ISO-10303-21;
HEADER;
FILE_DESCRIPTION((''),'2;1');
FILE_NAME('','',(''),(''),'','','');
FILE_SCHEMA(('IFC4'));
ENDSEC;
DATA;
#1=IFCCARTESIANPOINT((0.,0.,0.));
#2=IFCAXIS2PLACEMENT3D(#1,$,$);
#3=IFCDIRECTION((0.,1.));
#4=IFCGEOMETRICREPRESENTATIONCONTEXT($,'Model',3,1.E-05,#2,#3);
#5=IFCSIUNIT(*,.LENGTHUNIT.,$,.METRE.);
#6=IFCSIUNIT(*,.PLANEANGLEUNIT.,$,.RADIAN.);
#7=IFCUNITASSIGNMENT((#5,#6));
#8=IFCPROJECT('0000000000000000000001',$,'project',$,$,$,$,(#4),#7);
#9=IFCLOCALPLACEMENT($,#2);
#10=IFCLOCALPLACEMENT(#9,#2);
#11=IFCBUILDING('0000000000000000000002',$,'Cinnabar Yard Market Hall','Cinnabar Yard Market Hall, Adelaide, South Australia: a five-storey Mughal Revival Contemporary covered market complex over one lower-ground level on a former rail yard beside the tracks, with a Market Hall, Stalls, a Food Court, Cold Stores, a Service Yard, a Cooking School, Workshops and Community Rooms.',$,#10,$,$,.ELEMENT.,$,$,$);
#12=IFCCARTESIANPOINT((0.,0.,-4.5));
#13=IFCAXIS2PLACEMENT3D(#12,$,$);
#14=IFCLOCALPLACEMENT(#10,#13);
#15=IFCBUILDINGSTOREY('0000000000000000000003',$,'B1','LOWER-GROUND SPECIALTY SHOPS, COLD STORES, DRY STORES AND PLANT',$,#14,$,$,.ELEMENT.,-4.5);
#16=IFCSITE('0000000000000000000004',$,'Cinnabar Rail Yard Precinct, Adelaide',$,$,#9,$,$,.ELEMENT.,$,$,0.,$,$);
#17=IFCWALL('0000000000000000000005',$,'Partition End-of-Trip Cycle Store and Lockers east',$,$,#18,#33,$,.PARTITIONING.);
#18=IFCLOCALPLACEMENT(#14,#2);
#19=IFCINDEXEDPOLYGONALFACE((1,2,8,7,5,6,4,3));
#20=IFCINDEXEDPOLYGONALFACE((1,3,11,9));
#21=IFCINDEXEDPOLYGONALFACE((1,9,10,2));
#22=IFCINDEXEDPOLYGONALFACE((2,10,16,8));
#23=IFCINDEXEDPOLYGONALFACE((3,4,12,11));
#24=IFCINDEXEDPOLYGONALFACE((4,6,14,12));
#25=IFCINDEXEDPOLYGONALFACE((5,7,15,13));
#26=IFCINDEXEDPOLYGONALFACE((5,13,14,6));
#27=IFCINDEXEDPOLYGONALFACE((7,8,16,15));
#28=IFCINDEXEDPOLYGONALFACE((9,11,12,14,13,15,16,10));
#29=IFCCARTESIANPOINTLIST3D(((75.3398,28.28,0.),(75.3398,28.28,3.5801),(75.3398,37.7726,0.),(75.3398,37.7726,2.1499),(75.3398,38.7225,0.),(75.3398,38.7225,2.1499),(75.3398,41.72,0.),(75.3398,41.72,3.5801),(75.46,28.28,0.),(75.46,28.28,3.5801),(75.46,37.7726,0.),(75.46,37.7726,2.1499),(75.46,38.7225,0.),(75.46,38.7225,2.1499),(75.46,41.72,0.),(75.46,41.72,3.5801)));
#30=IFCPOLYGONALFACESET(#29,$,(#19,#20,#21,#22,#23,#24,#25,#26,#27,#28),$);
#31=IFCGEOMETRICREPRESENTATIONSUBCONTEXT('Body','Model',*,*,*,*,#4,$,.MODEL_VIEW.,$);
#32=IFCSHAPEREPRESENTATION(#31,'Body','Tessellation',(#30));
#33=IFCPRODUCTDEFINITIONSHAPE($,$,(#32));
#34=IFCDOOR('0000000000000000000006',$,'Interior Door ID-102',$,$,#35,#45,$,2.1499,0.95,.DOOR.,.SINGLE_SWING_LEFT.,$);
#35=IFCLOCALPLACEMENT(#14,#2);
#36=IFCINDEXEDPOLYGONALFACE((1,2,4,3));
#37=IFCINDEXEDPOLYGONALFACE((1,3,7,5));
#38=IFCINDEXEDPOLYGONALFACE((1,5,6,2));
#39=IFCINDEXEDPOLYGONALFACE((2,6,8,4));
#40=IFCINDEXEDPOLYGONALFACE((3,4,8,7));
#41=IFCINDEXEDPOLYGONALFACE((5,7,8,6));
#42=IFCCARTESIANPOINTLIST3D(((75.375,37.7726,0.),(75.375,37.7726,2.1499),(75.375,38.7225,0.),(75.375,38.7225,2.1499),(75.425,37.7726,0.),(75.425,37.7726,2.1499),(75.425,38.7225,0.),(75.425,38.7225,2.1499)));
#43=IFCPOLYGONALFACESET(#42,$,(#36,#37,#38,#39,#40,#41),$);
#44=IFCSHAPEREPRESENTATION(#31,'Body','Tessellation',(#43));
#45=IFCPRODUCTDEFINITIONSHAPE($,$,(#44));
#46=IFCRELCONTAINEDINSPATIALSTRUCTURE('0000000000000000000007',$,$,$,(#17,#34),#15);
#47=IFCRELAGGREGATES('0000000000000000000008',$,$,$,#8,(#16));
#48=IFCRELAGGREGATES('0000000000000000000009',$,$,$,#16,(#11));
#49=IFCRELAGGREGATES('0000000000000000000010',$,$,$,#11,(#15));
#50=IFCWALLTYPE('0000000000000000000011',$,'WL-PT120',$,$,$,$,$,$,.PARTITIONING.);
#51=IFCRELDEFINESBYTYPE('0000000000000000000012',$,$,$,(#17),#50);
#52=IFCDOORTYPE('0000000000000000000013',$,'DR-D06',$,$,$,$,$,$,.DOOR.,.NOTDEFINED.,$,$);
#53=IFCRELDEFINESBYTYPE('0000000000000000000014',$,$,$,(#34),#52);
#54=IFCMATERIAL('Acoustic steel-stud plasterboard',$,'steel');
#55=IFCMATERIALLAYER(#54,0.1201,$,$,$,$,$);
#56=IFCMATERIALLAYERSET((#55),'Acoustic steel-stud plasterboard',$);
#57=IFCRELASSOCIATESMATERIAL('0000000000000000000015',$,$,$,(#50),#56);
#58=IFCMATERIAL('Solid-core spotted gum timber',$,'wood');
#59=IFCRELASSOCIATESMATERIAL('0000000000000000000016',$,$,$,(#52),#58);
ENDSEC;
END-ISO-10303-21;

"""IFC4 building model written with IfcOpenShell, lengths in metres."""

from ifc_helpers import new_model, si_unit, direction, frame, frame_2d, origin, place, context, subcontext, project, spatial, rectangle, extrude, material, layer, layer_set, type_object, element, fill, save


model = new_model("IFC4")

# Units and contexts
model_context = context("Model", 3, precision=1e-05, world=origin(), true_north=direction((0.0, 1.0)))
body_context = subcontext(model_context, "Body", "Model", "MODEL_VIEW")
ifc_project = project(units=[si_unit("LENGTHUNIT", "METRE"), si_unit("PLANEANGLEUNIT", "RADIAN")], contexts=[model_context])

# Site, building, storey
site_placement = place(None, origin())
site = spatial("IfcSite", under=ifc_project, at=site_placement, Name="Cinnabar Rail Yard Precinct, Adelaide", CompositionType="ELEMENT", RefElevation=0.0)
building_placement = place(site_placement, origin())
building = spatial("IfcBuilding", under=site, at=building_placement, Name="Cinnabar Yard Market Hall", Description="Cinnabar Yard Market Hall, Adelaide, South Australia: a five-storey Mughal Revival Contemporary covered market complex over one lower-ground level on a former rail yard beside the tracks, with a Market Hall, Stalls, a Food Court, Cold Stores, a Service Yard, a Cooking School, Workshops and Community Rooms.", CompositionType="ELEMENT")
storey_placement = place(building_placement, frame((0.0, 0.0, -4.5)))
storey = spatial("IfcBuildingStorey", under=building, at=storey_placement, Name="B1", Description="LOWER-GROUND SPECIALTY SHOPS, COLD STORES, DRY STORES AND PLANT", CompositionType="ELEMENT", Elevation=-4.5)

# Shared definitions
ifc_material_1 = material(Name="Acoustic steel-stud plasterboard", Category="steel")
ifc_layer_1 = layer(ifc_material_1, 0.1201)
ifc_layer_set_1 = layer_set([ifc_layer_1], Name="Acoustic steel-stud plasterboard")
wall_type = type_object("IfcWallType", Name="WL-PT120", PredefinedType="PARTITIONING", material=ifc_layer_set_1)

# Wall, opening, door
wall_1_placement = place(storey_placement, frame((75.3999, 28.28, 0.0), z_axis=(0.0, 0.0, 1.0), x_axis=(0.0, 1.0, 0.0)))
wall_1 = element("IfcWall", 1, at=wall_1_placement, inside=storey, type_object=wall_type, Name="Partition End-of-Trip Cycle Store and Lockers east", PredefinedType="PARTITIONING", context=body_context, shape_type="SweptSolid", body=[
    extrude(rectangle(XDim=13.4399, YDim=0.1201, at=frame_2d((6.72, 0.0), x_axis=(1.0, 0.0))), origin(), (0.0, 0.0, 1.0), 3.5801),
])
opening_placement = place(wall_1_placement, frame((9.4924, 0.0, 0.0)))
opening = element("IfcOpeningElement", 2, at=opening_placement, cuts=wall_1, PredefinedType="OPENING", context=body_context, shape_type="SweptSolid", body=[
    extrude(rectangle(XDim=0.95, YDim=2.1499, at=frame_2d((0.4751, 1.075), x_axis=(1.0, 0.0))), frame((0.0, 0.0701, 0.0), z_axis=(0.0, -1.0, 0.0), x_axis=(1.0, 0.0, 0.0)), (0.0, 0.0, 1.0), 0.1401),
])
ifc_material_2 = material(Name="Solid-core spotted gum timber", Category="wood")
door_type = type_object("IfcDoorType", Name="DR-D06", OperationType="NOTDEFINED", PredefinedType="DOOR", material=ifc_material_2)
door_placement = place(opening_placement, origin())
door = element("IfcDoor", 3, at=door_placement, inside=storey, type_object=door_type, Name="Interior Door ID-102", OperationType="SINGLE_SWING_LEFT", OverallHeight=2.1499, OverallWidth=0.95, PredefinedType="DOOR", context=body_context, shape_type="SweptSolid", body=[
    extrude(rectangle(XDim=0.95, YDim=2.1499, at=frame_2d((0.4751, 1.075), x_axis=(1.0, 0.0))), frame((0.0, 0.0249, 0.0), z_axis=(0.0, -1.0, 0.0), x_axis=(1.0, 0.0, 0.0)), (0.0, 0.0, 1.0), 0.05),
])
fill(opening, door)

save(model, "model.ifc")
